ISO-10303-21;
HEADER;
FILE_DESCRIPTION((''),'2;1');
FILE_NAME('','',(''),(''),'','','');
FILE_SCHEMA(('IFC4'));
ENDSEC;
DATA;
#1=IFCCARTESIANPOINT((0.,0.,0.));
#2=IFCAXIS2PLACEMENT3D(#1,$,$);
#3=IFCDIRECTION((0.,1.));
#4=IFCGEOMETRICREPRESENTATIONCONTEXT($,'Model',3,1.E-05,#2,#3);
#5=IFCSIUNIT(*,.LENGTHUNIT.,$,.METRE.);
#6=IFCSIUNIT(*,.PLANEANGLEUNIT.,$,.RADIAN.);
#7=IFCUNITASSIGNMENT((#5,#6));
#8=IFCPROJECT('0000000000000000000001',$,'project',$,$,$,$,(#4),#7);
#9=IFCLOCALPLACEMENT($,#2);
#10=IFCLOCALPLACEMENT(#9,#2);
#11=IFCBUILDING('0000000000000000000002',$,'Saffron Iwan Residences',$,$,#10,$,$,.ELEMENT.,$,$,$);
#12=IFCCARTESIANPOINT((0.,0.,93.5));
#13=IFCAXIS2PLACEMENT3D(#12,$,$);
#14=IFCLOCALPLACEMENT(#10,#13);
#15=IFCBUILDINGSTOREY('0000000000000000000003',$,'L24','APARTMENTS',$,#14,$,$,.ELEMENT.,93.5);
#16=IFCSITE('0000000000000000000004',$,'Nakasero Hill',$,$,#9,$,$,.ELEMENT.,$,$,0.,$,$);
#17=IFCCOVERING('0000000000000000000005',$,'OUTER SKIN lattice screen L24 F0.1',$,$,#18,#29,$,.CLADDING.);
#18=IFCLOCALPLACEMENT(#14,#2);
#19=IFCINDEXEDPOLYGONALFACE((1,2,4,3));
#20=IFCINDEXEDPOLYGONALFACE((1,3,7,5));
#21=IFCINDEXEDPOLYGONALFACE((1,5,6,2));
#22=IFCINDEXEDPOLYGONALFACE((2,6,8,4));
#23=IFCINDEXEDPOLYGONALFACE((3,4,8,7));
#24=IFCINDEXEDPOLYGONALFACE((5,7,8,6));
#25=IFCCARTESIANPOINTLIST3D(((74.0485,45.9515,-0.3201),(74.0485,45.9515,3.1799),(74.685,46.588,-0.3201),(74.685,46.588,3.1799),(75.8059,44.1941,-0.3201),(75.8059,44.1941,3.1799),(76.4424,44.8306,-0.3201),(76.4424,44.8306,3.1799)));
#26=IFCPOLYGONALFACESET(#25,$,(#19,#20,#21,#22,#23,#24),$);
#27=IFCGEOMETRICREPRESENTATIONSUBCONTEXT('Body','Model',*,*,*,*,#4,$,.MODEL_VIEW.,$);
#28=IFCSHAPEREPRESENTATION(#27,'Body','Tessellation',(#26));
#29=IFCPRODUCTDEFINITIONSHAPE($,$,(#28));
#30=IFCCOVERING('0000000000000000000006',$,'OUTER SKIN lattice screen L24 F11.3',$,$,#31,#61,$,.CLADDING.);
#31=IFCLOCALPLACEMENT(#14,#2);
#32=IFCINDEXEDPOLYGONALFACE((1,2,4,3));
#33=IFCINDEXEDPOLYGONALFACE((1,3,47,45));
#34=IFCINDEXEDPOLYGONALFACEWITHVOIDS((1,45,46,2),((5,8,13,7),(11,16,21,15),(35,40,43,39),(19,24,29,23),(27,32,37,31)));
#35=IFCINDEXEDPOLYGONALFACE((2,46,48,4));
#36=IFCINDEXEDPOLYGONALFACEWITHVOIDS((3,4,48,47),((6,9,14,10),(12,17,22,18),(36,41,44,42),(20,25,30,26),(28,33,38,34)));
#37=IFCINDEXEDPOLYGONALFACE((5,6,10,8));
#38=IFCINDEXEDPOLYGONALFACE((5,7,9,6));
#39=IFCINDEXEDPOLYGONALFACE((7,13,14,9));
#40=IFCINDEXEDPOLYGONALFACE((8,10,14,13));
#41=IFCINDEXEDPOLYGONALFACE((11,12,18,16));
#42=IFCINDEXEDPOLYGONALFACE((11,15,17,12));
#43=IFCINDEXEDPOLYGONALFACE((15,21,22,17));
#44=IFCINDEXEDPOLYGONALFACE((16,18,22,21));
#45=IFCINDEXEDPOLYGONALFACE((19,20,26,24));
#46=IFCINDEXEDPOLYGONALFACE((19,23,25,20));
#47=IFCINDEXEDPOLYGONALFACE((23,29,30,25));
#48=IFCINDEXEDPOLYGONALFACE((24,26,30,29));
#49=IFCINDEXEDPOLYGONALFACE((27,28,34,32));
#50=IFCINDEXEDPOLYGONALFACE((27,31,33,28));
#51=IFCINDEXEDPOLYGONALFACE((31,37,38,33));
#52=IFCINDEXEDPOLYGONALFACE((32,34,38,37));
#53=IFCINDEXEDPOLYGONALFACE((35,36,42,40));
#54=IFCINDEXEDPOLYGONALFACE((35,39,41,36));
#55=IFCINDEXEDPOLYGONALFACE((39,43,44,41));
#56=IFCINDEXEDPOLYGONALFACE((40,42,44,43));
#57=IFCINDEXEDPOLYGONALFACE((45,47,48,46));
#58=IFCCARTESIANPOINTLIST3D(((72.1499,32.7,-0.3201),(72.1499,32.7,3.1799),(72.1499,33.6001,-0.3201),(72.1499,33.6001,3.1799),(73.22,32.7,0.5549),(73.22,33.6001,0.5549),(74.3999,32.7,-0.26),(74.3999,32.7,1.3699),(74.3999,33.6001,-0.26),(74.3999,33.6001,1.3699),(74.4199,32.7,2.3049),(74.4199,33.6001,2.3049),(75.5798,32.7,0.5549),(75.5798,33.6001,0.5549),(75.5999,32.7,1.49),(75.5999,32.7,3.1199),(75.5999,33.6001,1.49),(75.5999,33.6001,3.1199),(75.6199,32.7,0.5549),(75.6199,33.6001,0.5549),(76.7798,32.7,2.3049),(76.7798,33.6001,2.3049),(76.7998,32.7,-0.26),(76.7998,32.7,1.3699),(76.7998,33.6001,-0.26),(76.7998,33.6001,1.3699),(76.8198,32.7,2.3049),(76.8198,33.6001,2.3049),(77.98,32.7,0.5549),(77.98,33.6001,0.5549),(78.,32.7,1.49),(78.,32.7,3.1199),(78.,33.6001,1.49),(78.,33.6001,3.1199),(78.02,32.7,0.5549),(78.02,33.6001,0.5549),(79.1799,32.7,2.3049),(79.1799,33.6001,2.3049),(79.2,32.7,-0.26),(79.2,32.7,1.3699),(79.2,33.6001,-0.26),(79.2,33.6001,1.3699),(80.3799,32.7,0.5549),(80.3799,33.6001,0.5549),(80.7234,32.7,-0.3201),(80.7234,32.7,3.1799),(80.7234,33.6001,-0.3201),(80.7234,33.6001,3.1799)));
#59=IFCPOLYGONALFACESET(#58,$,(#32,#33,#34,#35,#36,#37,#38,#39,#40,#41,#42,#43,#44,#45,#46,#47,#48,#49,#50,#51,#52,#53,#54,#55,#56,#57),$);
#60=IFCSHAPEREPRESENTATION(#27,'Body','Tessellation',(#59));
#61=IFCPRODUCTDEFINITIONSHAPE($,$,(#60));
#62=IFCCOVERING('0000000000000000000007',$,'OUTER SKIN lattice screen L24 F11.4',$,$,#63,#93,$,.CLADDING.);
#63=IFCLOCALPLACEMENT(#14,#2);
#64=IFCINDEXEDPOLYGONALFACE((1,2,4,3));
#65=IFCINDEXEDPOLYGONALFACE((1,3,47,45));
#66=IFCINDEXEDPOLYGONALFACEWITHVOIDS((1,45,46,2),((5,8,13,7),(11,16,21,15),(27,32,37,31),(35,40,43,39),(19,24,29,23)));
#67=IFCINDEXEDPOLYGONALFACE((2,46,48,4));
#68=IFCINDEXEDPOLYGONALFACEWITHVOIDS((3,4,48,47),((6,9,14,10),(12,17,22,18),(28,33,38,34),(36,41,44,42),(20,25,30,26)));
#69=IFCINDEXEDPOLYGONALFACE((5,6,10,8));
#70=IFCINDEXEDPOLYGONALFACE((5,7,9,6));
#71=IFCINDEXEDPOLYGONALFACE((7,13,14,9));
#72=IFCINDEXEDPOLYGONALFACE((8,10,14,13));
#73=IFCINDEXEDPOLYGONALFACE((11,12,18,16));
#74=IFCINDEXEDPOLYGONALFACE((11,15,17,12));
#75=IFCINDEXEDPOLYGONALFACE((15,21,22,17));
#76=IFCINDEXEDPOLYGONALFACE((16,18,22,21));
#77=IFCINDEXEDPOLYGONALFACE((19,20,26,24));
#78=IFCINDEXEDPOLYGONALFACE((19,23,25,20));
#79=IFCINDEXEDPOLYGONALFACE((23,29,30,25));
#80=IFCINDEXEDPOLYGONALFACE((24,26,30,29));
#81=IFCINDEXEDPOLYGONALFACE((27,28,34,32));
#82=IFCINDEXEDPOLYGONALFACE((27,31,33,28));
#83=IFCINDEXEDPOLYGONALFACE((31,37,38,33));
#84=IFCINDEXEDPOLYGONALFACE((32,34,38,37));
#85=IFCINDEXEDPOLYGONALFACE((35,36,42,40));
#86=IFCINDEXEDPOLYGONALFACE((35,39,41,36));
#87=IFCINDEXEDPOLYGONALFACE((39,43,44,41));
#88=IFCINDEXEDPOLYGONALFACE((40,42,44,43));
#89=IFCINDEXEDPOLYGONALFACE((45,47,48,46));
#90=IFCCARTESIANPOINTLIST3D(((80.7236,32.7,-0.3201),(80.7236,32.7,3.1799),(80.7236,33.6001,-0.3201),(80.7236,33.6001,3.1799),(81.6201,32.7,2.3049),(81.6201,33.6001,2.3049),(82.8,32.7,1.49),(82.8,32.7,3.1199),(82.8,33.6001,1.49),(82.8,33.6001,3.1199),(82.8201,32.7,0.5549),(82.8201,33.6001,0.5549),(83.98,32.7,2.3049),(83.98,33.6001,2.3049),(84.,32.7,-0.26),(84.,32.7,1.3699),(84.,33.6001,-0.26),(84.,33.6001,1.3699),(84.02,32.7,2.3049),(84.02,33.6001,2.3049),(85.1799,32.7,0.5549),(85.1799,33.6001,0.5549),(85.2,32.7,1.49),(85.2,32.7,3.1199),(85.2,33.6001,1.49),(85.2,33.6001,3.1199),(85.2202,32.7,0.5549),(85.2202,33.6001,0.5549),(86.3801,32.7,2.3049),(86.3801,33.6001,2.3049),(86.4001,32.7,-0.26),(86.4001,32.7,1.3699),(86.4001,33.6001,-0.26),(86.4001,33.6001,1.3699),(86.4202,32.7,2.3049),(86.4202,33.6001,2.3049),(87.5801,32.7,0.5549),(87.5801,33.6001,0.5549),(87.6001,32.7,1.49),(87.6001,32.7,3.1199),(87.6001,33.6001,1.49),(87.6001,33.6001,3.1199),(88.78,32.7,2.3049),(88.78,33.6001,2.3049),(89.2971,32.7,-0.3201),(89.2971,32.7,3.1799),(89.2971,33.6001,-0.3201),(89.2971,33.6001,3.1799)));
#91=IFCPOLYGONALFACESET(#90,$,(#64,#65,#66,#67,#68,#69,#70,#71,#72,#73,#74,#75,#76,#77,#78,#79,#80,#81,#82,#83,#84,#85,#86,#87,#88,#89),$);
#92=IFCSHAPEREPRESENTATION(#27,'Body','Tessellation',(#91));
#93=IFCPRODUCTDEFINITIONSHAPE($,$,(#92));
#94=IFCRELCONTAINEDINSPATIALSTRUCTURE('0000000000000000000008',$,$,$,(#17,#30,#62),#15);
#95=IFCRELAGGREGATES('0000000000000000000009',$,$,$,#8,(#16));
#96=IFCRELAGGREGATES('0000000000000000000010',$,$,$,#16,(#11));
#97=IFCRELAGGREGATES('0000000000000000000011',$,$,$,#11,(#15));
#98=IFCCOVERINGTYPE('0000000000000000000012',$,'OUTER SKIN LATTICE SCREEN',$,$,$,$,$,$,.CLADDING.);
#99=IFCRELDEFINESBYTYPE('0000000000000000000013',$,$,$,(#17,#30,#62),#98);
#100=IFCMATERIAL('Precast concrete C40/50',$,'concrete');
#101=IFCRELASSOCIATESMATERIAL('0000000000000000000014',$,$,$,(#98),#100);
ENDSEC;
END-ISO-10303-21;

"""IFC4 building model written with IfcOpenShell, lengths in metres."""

from ifc_helpers import new_model, si_unit, direction, frame, origin, place, context, subcontext, project, spatial, polyline, outline, extrude, material, type_object, element, save


model = new_model("IFC4")

# Units and contexts
model_context = context("Model", 3, precision=1e-05, world=origin(), true_north=direction((0.0, 1.0)))
body_context = subcontext(model_context, "Body", "Model", "MODEL_VIEW")
ifc_project = project(units=[si_unit("LENGTHUNIT", "METRE"), si_unit("PLANEANGLEUNIT", "RADIAN")], contexts=[model_context])

# Site, building, storey
site_placement = place(None, origin())
site = spatial("IfcSite", under=ifc_project, at=site_placement, Name="Nakasero Hill", CompositionType="ELEMENT", RefElevation=0.0)
building_placement = place(site_placement, origin())
building = spatial("IfcBuilding", under=site, at=building_placement, Name="Saffron Iwan Residences", CompositionType="ELEMENT")
storey_placement = place(building_placement, frame((0.0, 0.0, 93.5)))
storey = spatial("IfcBuildingStorey", under=building, at=storey_placement, Name="L24", Description="APARTMENTS", CompositionType="ELEMENT", Elevation=93.5)

# Coverings
ifc_material_1 = material(Name="Precast concrete C40/50", Category="concrete")
covering_type = type_object("IfcCoveringType", Name="OUTER SKIN LATTICE SCREEN", PredefinedType="CLADDING", material=ifc_material_1)
covering_1_placement = place(storey_placement, frame((75.8059, 44.1941, -0.3201), z_axis=(0.707107, 0.707107, 0.0), x_axis=(-0.707107, 0.707107, 0.0)))
element("IfcCovering", 1, at=covering_1_placement, inside=storey, type_object=covering_type, Name="OUTER SKIN lattice screen L24 F0.1", PredefinedType="CLADDING", context=body_context, shape_type="SweptSolid", body=[
    extrude(outline(polyline([(0.0, 0.0), (2.4854, 0.0), (2.4854, 3.5), (0.0, 3.5), (0.0, 0.0)])), origin(), (0.0, 0.0, 1.0), 0.9001),
])
covering_2_placement = place(storey_placement, frame((72.1499, 33.6001, -0.3201), z_axis=(0.0, -1.0, 0.0), x_axis=(1.0, 0.0, 0.0)))
element("IfcCovering", 2, at=covering_2_placement, inside=storey, type_object=covering_type, Name="OUTER SKIN lattice screen L24 F11.3", PredefinedType="CLADDING", context=body_context, shape_type="SweptSolid", body=[
    extrude(outline(polyline([(0.0, 0.0), (8.5735, 0.0), (8.5735, 3.5), (0.0, 3.5), (0.0, 0.0)]), holes=[polyline([(1.0701, 0.875), (2.25, 0.0601), (3.4299, 0.875), (2.25, 1.6899), (1.0701, 0.875)]), polyline([(3.47, 0.875), (4.6499, 0.0601), (5.8301, 0.875), (4.6499, 1.6899), (3.47, 0.875)]), polyline([(5.8701, 0.875), (7.05, 0.0601), (8.23, 0.875), (7.05, 1.6899), (5.8701, 0.875)]), polyline([(2.27, 2.625), (3.45, 1.8101), (4.6299, 2.625), (3.45, 3.4399), (2.27, 2.625)]), polyline([(4.6699, 2.625), (5.8501, 1.8101), (7.03, 2.625), (5.8501, 3.4399), (4.6699, 2.625)])]), origin(), (0.0, 0.0, 1.0), 0.9001),
])
covering_3_placement = place(storey_placement, frame((80.7236, 33.6001, -0.3201), z_axis=(0.0, -1.0, 0.0), x_axis=(1.0, 0.0, 0.0)))
element("IfcCovering", 3, at=covering_3_placement, inside=storey, type_object=covering_type, Name="OUTER SKIN lattice screen L24 F11.4", PredefinedType="CLADDING", context=body_context, shape_type="SweptSolid", body=[
    extrude(outline(polyline([(0.0, 0.0), (8.5735, 0.0), (8.5735, 3.5), (0.0, 3.5), (0.0, 0.0)]), holes=[polyline([(2.0964, 0.875), (3.2764, 0.0601), (4.4563, 0.875), (3.2764, 1.6899), (2.0964, 0.875)]), polyline([(4.4966, 0.875), (5.6765, 0.0601), (6.8564, 0.875), (5.6765, 1.6899), (4.4966, 0.875)]), polyline([(0.8965, 2.625), (2.0764, 1.8101), (3.2563, 2.625), (2.0764, 3.4399), (0.8965, 2.625)]), polyline([(3.2964, 2.625), (4.4763, 1.8101), (5.6565, 2.625), (4.4763, 3.4399), (3.2964, 2.625)]), polyline([(5.6965, 2.625), (6.8765, 1.8101), (8.0564, 2.625), (6.8765, 3.4399), (5.6965, 2.625)])]), origin(), (0.0, 0.0, 1.0), 0.9001),
])

save(model, "model.ifc")
